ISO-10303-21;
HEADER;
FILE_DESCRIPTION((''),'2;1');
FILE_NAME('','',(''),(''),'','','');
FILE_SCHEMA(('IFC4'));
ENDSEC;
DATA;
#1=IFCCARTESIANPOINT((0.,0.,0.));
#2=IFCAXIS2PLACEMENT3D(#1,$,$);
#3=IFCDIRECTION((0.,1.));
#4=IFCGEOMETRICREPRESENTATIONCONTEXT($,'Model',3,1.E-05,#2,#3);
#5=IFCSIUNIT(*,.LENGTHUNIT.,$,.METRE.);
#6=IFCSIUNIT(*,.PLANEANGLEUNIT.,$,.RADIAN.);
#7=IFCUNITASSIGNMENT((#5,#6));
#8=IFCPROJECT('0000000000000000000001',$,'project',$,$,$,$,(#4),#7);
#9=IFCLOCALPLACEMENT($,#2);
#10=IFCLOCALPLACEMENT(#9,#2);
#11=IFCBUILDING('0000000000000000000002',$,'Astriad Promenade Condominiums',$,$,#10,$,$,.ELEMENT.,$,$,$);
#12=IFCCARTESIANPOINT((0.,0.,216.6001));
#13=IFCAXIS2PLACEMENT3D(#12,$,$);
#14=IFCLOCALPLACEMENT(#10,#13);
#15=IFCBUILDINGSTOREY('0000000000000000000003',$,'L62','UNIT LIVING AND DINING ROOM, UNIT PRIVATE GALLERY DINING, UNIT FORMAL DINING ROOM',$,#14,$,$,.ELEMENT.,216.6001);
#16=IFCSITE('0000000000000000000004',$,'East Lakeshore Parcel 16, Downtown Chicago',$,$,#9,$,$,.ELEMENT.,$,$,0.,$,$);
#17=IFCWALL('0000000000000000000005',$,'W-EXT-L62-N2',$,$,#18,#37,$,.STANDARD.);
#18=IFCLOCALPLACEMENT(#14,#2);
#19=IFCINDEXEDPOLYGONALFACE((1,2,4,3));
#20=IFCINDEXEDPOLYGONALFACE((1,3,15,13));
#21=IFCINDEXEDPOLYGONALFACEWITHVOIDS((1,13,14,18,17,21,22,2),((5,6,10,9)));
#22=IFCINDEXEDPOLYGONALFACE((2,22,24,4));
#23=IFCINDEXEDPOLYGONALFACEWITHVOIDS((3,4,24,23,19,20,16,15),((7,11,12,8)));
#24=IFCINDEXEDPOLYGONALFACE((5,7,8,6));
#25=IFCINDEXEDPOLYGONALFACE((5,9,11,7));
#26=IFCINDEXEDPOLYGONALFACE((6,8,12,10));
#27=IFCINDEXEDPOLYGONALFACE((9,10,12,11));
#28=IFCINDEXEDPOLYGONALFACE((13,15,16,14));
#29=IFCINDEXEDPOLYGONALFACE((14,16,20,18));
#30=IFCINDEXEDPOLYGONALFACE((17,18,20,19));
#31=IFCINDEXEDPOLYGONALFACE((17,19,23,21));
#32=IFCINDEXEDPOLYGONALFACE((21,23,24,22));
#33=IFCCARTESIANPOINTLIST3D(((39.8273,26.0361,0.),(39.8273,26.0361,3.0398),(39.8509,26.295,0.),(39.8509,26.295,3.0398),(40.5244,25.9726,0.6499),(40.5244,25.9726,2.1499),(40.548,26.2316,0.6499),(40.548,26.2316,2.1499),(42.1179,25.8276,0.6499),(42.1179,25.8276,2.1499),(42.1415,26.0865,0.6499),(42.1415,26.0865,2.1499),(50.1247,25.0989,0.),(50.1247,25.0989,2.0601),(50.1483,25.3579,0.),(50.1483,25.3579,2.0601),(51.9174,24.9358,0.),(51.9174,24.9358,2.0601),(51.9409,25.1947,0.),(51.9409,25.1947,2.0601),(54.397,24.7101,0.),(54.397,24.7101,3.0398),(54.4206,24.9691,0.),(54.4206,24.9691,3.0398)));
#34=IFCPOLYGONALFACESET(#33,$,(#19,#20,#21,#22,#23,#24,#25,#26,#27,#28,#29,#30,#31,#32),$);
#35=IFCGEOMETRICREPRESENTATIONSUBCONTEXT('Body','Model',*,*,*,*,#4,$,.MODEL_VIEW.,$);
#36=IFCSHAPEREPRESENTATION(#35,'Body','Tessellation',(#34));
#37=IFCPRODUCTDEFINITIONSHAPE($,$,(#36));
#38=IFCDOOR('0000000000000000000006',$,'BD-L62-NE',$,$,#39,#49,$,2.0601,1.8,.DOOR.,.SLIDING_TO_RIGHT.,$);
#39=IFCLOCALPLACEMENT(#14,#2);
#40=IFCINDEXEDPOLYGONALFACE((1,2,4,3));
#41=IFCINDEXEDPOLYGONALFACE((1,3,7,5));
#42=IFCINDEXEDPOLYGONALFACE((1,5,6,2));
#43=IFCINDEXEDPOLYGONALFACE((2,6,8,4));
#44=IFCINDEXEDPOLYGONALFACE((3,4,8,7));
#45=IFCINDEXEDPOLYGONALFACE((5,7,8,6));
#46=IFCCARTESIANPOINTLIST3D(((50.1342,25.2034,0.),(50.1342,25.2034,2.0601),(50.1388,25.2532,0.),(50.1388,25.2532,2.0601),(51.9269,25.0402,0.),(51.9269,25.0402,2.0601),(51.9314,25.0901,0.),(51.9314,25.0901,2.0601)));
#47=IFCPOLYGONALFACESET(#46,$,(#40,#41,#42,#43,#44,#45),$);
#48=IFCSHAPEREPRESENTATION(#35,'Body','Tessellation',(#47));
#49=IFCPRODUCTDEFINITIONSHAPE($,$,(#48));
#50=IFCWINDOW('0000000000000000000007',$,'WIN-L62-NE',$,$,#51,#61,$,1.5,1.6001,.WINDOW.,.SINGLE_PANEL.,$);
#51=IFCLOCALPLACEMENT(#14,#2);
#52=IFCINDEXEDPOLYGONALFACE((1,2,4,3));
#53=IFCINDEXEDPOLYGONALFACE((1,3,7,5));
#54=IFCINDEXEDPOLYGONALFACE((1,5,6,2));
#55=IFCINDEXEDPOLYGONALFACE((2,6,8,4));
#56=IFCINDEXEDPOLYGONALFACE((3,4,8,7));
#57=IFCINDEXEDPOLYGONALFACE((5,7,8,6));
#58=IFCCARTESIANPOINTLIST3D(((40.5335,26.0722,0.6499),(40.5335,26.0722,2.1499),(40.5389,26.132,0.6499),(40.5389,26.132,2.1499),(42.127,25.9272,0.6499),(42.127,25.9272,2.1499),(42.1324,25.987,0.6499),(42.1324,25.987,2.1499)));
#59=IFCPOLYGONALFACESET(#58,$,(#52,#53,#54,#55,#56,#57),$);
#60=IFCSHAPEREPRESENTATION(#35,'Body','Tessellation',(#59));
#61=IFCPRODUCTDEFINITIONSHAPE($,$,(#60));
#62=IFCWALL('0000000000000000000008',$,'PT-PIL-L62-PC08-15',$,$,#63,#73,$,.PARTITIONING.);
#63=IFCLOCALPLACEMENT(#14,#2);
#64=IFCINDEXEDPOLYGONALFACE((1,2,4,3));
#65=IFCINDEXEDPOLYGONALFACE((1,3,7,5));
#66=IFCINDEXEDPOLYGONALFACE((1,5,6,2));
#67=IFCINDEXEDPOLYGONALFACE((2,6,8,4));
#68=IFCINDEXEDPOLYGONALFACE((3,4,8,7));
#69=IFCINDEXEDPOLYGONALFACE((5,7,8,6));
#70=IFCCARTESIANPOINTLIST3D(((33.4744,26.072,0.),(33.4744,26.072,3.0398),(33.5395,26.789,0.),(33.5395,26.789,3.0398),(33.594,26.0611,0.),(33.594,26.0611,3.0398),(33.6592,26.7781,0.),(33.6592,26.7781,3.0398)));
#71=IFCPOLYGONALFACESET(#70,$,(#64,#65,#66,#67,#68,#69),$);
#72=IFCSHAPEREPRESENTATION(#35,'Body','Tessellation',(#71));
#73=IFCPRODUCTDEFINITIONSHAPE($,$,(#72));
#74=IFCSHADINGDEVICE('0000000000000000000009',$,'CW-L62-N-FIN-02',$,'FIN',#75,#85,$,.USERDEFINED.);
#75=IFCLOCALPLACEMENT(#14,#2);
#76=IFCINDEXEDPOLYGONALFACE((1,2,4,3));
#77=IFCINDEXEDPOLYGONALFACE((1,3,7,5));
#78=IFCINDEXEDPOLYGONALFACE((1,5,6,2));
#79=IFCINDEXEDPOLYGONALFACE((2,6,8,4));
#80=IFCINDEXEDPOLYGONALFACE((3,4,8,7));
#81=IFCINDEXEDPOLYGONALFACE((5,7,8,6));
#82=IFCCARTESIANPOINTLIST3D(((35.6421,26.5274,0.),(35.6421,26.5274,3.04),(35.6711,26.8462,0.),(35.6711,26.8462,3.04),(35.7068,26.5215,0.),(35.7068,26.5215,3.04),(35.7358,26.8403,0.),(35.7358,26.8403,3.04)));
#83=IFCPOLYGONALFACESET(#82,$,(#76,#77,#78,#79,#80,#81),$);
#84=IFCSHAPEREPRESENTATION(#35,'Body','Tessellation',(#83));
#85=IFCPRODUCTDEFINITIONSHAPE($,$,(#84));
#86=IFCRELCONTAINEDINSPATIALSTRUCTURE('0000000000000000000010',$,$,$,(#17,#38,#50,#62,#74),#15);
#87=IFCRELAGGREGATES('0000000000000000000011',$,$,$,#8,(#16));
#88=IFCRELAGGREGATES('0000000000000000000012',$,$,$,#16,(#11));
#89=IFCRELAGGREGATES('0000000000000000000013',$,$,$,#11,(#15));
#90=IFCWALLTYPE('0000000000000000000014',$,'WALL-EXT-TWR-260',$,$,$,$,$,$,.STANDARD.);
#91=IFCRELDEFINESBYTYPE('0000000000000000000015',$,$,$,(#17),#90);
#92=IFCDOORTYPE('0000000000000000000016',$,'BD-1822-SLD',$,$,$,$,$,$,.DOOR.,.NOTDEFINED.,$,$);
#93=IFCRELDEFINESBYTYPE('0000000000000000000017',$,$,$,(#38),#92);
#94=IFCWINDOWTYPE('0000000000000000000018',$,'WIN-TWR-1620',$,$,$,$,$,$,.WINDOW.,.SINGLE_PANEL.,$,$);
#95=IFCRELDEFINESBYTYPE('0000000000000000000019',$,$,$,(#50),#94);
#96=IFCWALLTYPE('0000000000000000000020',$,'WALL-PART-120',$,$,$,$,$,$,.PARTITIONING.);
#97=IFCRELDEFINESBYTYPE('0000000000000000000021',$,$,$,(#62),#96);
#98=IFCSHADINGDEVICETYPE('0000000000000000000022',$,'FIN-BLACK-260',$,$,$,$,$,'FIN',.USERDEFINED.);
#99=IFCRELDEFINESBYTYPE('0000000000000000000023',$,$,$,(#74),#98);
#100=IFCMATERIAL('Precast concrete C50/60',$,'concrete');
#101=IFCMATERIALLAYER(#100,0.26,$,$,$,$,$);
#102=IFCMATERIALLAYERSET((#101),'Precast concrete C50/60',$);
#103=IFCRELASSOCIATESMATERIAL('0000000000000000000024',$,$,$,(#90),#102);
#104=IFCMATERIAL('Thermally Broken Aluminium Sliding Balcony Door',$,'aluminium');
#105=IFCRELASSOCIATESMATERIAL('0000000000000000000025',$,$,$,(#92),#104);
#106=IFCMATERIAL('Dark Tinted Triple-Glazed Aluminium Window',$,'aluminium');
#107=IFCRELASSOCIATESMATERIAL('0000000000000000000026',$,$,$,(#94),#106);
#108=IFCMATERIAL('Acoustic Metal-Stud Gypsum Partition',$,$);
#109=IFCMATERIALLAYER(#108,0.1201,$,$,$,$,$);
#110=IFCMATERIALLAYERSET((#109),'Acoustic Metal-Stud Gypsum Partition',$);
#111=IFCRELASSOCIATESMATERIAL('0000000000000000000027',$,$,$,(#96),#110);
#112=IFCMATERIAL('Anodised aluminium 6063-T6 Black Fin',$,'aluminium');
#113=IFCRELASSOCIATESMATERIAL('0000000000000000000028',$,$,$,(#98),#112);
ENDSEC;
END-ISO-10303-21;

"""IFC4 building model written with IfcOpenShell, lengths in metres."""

from ifc_helpers import new_model, si_unit, direction, frame, frame_2d, origin, origin_2d, place, context, subcontext, project, spatial, rectangle, extrude, source, transform, mapped, material, layer, layer_set, type_object, type_shapes, element, fill, save


model = new_model("IFC4")

# Units and contexts
model_context = context("Model", 3, precision=1e-05, world=origin(), true_north=direction((0.0, 1.0)))
body_context = subcontext(model_context, "Body", "Model", "MODEL_VIEW")
ifc_project = project(units=[si_unit("LENGTHUNIT", "METRE"), si_unit("PLANEANGLEUNIT", "RADIAN")], contexts=[model_context])

# Site, building, storey
site_placement = place(None, origin())
site = spatial("IfcSite", under=ifc_project, at=site_placement, Name="East Lakeshore Parcel 16, Downtown Chicago", CompositionType="ELEMENT", RefElevation=0.0)
building_placement = place(site_placement, origin())
building = spatial("IfcBuilding", under=site, at=building_placement, Name="Astriad Promenade Condominiums", CompositionType="ELEMENT")
storey_placement = place(building_placement, frame((0.0, 0.0, 216.6001)))
storey = spatial("IfcBuildingStorey", under=building, at=storey_placement, Name="L62", Description="UNIT LIVING AND DINING ROOM, UNIT PRIVATE GALLERY DINING, UNIT FORMAL DINING ROOM", CompositionType="ELEMENT", Elevation=216.6001)

# Wall, openings, door, window
ifc_material_1 = material(Name="Precast concrete C50/60", Category="concrete")
ifc_layer_1 = layer(ifc_material_1, 0.26)
ifc_layer_set_1 = layer_set([ifc_layer_1], Name="Precast concrete C50/60")
wall_type_1 = type_object("IfcWallType", Name="WALL-EXT-TWR-260", PredefinedType="STANDARD", material=ifc_layer_set_1)
wall_1_placement = place(storey_placement, frame((39.8391, 26.1655, 0.0), z_axis=(0.0, 0.0, 1.0), x_axis=(0.995884, -0.090632, 0.0)))
wall_1 = element("IfcWall", 1, at=wall_1_placement, inside=storey, type_object=wall_type_1, Name="W-EXT-L62-N2", PredefinedType="STANDARD", context=body_context, shape_type="SweptSolid", body=[
    extrude(rectangle(XDim=14.6299, YDim=0.26, at=frame_2d((7.3149, 0.0))), origin(), (0.0, 0.0, 1.0), 3.0398),
])
opening_1_placement = place(wall_1_placement, frame((10.3401, 0.0, 0.0)))
opening_1 = element("IfcOpeningElement", 2, at=opening_1_placement, cuts=wall_1, PredefinedType="OPENING", context=body_context, shape_type="SweptSolid", body=[
    extrude(rectangle(XDim=1.8, YDim=2.0601, at=frame_2d((0.8999, 1.03))), frame((0.0, 0.1399, 0.0), z_axis=(0.0, -1.0, 0.0), x_axis=(1.0, 0.0, 0.0)), (0.0, 0.0, 1.0), 0.28),
])
opening_2_placement = place(wall_1_placement, frame((0.7, 0.0, 0.6499)))
opening_2 = element("IfcOpeningElement", 3, at=opening_2_placement, cuts=wall_1, PredefinedType="OPENING", context=body_context, shape_type="SweptSolid", body=[
    extrude(rectangle(XDim=1.6001, YDim=1.5, at=frame_2d((0.8, 0.75))), frame((0.0, 0.1399, 0.0), z_axis=(0.0, -1.0, 0.0), x_axis=(1.0, 0.0, 0.0)), (0.0, 0.0, 1.0), 0.28),
])
ifc_material_2 = material(Name="Thermally Broken Aluminium Sliding Balcony Door", Category="aluminium")
door_type = type_object("IfcDoorType", Name="BD-1822-SLD", OperationType="NOTDEFINED", PredefinedType="DOOR", material=ifc_material_2)
shared_shape_1 = source(origin(), body_context, "Body", "SweptSolid", [
    extrude(rectangle(XDim=1.8, YDim=2.0601, at=frame_2d((0.8999, 1.03))), frame((0.0, 0.0249, 0.0), z_axis=(0.0, -1.0, 0.0), x_axis=(1.0, 0.0, 0.0)), (0.0, 0.0, 1.0), 0.05),
])
type_shapes(door_type, [shared_shape_1])
door_placement = place(opening_1_placement, origin())
door = element("IfcDoor", 4, at=door_placement, inside=storey, type_object=door_type, Name="BD-L62-NE", OperationType="SLIDING_TO_RIGHT", OverallHeight=2.0601, OverallWidth=1.8, PredefinedType="DOOR", context=body_context, shape_type="MappedRepresentation", body=[
    mapped(shared_shape_1, transform((0.0, 0.0, 0.0), scale=1.0)),
])
fill(opening_1, door)
ifc_material_3 = material(Name="Dark Tinted Triple-Glazed Aluminium Window", Category="aluminium")
window_type = type_object("IfcWindowType", Name="WIN-TWR-1620", PartitioningType="SINGLE_PANEL", PredefinedType="WINDOW", material=ifc_material_3)
shared_shape_2 = source(origin(), body_context, "Body", "SweptSolid", [
    extrude(rectangle(XDim=1.6001, YDim=1.5, at=frame_2d((0.8, 0.75))), frame((0.0, 0.03, 0.0), z_axis=(0.0, -1.0, 0.0), x_axis=(1.0, 0.0, 0.0)), (0.0, 0.0, 1.0), 0.0601),
])
type_shapes(window_type, [shared_shape_2])
window_placement = place(opening_2_placement, origin())
window = element("IfcWindow", 5, at=window_placement, inside=storey, type_object=window_type, Name="WIN-L62-NE", OverallHeight=1.5, OverallWidth=1.6001, PartitioningType="SINGLE_PANEL", PredefinedType="WINDOW", context=body_context, shape_type="MappedRepresentation", body=[
    mapped(shared_shape_2, transform((0.0, 0.0, 0.0), scale=1.0)),
])
fill(opening_2, window)

# Wall
ifc_material_4 = material(Name="Acoustic Metal-Stud Gypsum Partition")
ifc_layer_2 = layer(ifc_material_4, 0.1201)
ifc_layer_set_2 = layer_set([ifc_layer_2], Name="Acoustic Metal-Stud Gypsum Partition")
wall_type_2 = type_object("IfcWallType", Name="WALL-PART-120", PredefinedType="PARTITIONING", material=ifc_layer_set_2)
wall_2_placement = place(storey_placement, frame((33.5342, 26.0667, 0.0), z_axis=(0.0, 0.0, 1.0), x_axis=(0.090536, 0.995893, 0.0)))
element("IfcWall", 6, at=wall_2_placement, inside=storey, type_object=wall_type_2, Name="PT-PIL-L62-PC08-15", PredefinedType="PARTITIONING", context=body_context, shape_type="SweptSolid", body=[
    extrude(rectangle(XDim=0.72, YDim=0.1201, at=frame_2d((0.3599, 0.0))), origin(), (0.0, 0.0, 1.0), 3.0398),
])

# Shading device
ifc_material_5 = material(Name="Anodised aluminium 6063-T6 Black Fin", Category="aluminium")
shading_device_type = type_object("IfcShadingDeviceType", Name="FIN-BLACK-260", ElementType="FIN", PredefinedType="USERDEFINED", material=ifc_material_5)
shared_shape_3 = source(origin(), body_context, "Body", "SweptSolid", [
    extrude(rectangle(XDim=0.0649, YDim=0.3201, at=origin_2d()), origin(), (0.0, 0.0, 1.0), 3.04),
])
type_shapes(shading_device_type, [shared_shape_3])
shading_device_placement = place(storey_placement, frame((35.689, 26.6838, 0.0), z_axis=(0.0, 0.0, 1.0), x_axis=(0.995884, -0.090633, 0.0)))
element("IfcShadingDevice", 7, at=shading_device_placement, inside=storey, type_object=shading_device_type, Name="CW-L62-N-FIN-02", ObjectType="FIN", PredefinedType="USERDEFINED", context=body_context, shape_type="MappedRepresentation", body=[
    mapped(shared_shape_3, transform((0.0, 0.0, 0.0), scale=1.0)),
])

save(model, "model.ifc")
